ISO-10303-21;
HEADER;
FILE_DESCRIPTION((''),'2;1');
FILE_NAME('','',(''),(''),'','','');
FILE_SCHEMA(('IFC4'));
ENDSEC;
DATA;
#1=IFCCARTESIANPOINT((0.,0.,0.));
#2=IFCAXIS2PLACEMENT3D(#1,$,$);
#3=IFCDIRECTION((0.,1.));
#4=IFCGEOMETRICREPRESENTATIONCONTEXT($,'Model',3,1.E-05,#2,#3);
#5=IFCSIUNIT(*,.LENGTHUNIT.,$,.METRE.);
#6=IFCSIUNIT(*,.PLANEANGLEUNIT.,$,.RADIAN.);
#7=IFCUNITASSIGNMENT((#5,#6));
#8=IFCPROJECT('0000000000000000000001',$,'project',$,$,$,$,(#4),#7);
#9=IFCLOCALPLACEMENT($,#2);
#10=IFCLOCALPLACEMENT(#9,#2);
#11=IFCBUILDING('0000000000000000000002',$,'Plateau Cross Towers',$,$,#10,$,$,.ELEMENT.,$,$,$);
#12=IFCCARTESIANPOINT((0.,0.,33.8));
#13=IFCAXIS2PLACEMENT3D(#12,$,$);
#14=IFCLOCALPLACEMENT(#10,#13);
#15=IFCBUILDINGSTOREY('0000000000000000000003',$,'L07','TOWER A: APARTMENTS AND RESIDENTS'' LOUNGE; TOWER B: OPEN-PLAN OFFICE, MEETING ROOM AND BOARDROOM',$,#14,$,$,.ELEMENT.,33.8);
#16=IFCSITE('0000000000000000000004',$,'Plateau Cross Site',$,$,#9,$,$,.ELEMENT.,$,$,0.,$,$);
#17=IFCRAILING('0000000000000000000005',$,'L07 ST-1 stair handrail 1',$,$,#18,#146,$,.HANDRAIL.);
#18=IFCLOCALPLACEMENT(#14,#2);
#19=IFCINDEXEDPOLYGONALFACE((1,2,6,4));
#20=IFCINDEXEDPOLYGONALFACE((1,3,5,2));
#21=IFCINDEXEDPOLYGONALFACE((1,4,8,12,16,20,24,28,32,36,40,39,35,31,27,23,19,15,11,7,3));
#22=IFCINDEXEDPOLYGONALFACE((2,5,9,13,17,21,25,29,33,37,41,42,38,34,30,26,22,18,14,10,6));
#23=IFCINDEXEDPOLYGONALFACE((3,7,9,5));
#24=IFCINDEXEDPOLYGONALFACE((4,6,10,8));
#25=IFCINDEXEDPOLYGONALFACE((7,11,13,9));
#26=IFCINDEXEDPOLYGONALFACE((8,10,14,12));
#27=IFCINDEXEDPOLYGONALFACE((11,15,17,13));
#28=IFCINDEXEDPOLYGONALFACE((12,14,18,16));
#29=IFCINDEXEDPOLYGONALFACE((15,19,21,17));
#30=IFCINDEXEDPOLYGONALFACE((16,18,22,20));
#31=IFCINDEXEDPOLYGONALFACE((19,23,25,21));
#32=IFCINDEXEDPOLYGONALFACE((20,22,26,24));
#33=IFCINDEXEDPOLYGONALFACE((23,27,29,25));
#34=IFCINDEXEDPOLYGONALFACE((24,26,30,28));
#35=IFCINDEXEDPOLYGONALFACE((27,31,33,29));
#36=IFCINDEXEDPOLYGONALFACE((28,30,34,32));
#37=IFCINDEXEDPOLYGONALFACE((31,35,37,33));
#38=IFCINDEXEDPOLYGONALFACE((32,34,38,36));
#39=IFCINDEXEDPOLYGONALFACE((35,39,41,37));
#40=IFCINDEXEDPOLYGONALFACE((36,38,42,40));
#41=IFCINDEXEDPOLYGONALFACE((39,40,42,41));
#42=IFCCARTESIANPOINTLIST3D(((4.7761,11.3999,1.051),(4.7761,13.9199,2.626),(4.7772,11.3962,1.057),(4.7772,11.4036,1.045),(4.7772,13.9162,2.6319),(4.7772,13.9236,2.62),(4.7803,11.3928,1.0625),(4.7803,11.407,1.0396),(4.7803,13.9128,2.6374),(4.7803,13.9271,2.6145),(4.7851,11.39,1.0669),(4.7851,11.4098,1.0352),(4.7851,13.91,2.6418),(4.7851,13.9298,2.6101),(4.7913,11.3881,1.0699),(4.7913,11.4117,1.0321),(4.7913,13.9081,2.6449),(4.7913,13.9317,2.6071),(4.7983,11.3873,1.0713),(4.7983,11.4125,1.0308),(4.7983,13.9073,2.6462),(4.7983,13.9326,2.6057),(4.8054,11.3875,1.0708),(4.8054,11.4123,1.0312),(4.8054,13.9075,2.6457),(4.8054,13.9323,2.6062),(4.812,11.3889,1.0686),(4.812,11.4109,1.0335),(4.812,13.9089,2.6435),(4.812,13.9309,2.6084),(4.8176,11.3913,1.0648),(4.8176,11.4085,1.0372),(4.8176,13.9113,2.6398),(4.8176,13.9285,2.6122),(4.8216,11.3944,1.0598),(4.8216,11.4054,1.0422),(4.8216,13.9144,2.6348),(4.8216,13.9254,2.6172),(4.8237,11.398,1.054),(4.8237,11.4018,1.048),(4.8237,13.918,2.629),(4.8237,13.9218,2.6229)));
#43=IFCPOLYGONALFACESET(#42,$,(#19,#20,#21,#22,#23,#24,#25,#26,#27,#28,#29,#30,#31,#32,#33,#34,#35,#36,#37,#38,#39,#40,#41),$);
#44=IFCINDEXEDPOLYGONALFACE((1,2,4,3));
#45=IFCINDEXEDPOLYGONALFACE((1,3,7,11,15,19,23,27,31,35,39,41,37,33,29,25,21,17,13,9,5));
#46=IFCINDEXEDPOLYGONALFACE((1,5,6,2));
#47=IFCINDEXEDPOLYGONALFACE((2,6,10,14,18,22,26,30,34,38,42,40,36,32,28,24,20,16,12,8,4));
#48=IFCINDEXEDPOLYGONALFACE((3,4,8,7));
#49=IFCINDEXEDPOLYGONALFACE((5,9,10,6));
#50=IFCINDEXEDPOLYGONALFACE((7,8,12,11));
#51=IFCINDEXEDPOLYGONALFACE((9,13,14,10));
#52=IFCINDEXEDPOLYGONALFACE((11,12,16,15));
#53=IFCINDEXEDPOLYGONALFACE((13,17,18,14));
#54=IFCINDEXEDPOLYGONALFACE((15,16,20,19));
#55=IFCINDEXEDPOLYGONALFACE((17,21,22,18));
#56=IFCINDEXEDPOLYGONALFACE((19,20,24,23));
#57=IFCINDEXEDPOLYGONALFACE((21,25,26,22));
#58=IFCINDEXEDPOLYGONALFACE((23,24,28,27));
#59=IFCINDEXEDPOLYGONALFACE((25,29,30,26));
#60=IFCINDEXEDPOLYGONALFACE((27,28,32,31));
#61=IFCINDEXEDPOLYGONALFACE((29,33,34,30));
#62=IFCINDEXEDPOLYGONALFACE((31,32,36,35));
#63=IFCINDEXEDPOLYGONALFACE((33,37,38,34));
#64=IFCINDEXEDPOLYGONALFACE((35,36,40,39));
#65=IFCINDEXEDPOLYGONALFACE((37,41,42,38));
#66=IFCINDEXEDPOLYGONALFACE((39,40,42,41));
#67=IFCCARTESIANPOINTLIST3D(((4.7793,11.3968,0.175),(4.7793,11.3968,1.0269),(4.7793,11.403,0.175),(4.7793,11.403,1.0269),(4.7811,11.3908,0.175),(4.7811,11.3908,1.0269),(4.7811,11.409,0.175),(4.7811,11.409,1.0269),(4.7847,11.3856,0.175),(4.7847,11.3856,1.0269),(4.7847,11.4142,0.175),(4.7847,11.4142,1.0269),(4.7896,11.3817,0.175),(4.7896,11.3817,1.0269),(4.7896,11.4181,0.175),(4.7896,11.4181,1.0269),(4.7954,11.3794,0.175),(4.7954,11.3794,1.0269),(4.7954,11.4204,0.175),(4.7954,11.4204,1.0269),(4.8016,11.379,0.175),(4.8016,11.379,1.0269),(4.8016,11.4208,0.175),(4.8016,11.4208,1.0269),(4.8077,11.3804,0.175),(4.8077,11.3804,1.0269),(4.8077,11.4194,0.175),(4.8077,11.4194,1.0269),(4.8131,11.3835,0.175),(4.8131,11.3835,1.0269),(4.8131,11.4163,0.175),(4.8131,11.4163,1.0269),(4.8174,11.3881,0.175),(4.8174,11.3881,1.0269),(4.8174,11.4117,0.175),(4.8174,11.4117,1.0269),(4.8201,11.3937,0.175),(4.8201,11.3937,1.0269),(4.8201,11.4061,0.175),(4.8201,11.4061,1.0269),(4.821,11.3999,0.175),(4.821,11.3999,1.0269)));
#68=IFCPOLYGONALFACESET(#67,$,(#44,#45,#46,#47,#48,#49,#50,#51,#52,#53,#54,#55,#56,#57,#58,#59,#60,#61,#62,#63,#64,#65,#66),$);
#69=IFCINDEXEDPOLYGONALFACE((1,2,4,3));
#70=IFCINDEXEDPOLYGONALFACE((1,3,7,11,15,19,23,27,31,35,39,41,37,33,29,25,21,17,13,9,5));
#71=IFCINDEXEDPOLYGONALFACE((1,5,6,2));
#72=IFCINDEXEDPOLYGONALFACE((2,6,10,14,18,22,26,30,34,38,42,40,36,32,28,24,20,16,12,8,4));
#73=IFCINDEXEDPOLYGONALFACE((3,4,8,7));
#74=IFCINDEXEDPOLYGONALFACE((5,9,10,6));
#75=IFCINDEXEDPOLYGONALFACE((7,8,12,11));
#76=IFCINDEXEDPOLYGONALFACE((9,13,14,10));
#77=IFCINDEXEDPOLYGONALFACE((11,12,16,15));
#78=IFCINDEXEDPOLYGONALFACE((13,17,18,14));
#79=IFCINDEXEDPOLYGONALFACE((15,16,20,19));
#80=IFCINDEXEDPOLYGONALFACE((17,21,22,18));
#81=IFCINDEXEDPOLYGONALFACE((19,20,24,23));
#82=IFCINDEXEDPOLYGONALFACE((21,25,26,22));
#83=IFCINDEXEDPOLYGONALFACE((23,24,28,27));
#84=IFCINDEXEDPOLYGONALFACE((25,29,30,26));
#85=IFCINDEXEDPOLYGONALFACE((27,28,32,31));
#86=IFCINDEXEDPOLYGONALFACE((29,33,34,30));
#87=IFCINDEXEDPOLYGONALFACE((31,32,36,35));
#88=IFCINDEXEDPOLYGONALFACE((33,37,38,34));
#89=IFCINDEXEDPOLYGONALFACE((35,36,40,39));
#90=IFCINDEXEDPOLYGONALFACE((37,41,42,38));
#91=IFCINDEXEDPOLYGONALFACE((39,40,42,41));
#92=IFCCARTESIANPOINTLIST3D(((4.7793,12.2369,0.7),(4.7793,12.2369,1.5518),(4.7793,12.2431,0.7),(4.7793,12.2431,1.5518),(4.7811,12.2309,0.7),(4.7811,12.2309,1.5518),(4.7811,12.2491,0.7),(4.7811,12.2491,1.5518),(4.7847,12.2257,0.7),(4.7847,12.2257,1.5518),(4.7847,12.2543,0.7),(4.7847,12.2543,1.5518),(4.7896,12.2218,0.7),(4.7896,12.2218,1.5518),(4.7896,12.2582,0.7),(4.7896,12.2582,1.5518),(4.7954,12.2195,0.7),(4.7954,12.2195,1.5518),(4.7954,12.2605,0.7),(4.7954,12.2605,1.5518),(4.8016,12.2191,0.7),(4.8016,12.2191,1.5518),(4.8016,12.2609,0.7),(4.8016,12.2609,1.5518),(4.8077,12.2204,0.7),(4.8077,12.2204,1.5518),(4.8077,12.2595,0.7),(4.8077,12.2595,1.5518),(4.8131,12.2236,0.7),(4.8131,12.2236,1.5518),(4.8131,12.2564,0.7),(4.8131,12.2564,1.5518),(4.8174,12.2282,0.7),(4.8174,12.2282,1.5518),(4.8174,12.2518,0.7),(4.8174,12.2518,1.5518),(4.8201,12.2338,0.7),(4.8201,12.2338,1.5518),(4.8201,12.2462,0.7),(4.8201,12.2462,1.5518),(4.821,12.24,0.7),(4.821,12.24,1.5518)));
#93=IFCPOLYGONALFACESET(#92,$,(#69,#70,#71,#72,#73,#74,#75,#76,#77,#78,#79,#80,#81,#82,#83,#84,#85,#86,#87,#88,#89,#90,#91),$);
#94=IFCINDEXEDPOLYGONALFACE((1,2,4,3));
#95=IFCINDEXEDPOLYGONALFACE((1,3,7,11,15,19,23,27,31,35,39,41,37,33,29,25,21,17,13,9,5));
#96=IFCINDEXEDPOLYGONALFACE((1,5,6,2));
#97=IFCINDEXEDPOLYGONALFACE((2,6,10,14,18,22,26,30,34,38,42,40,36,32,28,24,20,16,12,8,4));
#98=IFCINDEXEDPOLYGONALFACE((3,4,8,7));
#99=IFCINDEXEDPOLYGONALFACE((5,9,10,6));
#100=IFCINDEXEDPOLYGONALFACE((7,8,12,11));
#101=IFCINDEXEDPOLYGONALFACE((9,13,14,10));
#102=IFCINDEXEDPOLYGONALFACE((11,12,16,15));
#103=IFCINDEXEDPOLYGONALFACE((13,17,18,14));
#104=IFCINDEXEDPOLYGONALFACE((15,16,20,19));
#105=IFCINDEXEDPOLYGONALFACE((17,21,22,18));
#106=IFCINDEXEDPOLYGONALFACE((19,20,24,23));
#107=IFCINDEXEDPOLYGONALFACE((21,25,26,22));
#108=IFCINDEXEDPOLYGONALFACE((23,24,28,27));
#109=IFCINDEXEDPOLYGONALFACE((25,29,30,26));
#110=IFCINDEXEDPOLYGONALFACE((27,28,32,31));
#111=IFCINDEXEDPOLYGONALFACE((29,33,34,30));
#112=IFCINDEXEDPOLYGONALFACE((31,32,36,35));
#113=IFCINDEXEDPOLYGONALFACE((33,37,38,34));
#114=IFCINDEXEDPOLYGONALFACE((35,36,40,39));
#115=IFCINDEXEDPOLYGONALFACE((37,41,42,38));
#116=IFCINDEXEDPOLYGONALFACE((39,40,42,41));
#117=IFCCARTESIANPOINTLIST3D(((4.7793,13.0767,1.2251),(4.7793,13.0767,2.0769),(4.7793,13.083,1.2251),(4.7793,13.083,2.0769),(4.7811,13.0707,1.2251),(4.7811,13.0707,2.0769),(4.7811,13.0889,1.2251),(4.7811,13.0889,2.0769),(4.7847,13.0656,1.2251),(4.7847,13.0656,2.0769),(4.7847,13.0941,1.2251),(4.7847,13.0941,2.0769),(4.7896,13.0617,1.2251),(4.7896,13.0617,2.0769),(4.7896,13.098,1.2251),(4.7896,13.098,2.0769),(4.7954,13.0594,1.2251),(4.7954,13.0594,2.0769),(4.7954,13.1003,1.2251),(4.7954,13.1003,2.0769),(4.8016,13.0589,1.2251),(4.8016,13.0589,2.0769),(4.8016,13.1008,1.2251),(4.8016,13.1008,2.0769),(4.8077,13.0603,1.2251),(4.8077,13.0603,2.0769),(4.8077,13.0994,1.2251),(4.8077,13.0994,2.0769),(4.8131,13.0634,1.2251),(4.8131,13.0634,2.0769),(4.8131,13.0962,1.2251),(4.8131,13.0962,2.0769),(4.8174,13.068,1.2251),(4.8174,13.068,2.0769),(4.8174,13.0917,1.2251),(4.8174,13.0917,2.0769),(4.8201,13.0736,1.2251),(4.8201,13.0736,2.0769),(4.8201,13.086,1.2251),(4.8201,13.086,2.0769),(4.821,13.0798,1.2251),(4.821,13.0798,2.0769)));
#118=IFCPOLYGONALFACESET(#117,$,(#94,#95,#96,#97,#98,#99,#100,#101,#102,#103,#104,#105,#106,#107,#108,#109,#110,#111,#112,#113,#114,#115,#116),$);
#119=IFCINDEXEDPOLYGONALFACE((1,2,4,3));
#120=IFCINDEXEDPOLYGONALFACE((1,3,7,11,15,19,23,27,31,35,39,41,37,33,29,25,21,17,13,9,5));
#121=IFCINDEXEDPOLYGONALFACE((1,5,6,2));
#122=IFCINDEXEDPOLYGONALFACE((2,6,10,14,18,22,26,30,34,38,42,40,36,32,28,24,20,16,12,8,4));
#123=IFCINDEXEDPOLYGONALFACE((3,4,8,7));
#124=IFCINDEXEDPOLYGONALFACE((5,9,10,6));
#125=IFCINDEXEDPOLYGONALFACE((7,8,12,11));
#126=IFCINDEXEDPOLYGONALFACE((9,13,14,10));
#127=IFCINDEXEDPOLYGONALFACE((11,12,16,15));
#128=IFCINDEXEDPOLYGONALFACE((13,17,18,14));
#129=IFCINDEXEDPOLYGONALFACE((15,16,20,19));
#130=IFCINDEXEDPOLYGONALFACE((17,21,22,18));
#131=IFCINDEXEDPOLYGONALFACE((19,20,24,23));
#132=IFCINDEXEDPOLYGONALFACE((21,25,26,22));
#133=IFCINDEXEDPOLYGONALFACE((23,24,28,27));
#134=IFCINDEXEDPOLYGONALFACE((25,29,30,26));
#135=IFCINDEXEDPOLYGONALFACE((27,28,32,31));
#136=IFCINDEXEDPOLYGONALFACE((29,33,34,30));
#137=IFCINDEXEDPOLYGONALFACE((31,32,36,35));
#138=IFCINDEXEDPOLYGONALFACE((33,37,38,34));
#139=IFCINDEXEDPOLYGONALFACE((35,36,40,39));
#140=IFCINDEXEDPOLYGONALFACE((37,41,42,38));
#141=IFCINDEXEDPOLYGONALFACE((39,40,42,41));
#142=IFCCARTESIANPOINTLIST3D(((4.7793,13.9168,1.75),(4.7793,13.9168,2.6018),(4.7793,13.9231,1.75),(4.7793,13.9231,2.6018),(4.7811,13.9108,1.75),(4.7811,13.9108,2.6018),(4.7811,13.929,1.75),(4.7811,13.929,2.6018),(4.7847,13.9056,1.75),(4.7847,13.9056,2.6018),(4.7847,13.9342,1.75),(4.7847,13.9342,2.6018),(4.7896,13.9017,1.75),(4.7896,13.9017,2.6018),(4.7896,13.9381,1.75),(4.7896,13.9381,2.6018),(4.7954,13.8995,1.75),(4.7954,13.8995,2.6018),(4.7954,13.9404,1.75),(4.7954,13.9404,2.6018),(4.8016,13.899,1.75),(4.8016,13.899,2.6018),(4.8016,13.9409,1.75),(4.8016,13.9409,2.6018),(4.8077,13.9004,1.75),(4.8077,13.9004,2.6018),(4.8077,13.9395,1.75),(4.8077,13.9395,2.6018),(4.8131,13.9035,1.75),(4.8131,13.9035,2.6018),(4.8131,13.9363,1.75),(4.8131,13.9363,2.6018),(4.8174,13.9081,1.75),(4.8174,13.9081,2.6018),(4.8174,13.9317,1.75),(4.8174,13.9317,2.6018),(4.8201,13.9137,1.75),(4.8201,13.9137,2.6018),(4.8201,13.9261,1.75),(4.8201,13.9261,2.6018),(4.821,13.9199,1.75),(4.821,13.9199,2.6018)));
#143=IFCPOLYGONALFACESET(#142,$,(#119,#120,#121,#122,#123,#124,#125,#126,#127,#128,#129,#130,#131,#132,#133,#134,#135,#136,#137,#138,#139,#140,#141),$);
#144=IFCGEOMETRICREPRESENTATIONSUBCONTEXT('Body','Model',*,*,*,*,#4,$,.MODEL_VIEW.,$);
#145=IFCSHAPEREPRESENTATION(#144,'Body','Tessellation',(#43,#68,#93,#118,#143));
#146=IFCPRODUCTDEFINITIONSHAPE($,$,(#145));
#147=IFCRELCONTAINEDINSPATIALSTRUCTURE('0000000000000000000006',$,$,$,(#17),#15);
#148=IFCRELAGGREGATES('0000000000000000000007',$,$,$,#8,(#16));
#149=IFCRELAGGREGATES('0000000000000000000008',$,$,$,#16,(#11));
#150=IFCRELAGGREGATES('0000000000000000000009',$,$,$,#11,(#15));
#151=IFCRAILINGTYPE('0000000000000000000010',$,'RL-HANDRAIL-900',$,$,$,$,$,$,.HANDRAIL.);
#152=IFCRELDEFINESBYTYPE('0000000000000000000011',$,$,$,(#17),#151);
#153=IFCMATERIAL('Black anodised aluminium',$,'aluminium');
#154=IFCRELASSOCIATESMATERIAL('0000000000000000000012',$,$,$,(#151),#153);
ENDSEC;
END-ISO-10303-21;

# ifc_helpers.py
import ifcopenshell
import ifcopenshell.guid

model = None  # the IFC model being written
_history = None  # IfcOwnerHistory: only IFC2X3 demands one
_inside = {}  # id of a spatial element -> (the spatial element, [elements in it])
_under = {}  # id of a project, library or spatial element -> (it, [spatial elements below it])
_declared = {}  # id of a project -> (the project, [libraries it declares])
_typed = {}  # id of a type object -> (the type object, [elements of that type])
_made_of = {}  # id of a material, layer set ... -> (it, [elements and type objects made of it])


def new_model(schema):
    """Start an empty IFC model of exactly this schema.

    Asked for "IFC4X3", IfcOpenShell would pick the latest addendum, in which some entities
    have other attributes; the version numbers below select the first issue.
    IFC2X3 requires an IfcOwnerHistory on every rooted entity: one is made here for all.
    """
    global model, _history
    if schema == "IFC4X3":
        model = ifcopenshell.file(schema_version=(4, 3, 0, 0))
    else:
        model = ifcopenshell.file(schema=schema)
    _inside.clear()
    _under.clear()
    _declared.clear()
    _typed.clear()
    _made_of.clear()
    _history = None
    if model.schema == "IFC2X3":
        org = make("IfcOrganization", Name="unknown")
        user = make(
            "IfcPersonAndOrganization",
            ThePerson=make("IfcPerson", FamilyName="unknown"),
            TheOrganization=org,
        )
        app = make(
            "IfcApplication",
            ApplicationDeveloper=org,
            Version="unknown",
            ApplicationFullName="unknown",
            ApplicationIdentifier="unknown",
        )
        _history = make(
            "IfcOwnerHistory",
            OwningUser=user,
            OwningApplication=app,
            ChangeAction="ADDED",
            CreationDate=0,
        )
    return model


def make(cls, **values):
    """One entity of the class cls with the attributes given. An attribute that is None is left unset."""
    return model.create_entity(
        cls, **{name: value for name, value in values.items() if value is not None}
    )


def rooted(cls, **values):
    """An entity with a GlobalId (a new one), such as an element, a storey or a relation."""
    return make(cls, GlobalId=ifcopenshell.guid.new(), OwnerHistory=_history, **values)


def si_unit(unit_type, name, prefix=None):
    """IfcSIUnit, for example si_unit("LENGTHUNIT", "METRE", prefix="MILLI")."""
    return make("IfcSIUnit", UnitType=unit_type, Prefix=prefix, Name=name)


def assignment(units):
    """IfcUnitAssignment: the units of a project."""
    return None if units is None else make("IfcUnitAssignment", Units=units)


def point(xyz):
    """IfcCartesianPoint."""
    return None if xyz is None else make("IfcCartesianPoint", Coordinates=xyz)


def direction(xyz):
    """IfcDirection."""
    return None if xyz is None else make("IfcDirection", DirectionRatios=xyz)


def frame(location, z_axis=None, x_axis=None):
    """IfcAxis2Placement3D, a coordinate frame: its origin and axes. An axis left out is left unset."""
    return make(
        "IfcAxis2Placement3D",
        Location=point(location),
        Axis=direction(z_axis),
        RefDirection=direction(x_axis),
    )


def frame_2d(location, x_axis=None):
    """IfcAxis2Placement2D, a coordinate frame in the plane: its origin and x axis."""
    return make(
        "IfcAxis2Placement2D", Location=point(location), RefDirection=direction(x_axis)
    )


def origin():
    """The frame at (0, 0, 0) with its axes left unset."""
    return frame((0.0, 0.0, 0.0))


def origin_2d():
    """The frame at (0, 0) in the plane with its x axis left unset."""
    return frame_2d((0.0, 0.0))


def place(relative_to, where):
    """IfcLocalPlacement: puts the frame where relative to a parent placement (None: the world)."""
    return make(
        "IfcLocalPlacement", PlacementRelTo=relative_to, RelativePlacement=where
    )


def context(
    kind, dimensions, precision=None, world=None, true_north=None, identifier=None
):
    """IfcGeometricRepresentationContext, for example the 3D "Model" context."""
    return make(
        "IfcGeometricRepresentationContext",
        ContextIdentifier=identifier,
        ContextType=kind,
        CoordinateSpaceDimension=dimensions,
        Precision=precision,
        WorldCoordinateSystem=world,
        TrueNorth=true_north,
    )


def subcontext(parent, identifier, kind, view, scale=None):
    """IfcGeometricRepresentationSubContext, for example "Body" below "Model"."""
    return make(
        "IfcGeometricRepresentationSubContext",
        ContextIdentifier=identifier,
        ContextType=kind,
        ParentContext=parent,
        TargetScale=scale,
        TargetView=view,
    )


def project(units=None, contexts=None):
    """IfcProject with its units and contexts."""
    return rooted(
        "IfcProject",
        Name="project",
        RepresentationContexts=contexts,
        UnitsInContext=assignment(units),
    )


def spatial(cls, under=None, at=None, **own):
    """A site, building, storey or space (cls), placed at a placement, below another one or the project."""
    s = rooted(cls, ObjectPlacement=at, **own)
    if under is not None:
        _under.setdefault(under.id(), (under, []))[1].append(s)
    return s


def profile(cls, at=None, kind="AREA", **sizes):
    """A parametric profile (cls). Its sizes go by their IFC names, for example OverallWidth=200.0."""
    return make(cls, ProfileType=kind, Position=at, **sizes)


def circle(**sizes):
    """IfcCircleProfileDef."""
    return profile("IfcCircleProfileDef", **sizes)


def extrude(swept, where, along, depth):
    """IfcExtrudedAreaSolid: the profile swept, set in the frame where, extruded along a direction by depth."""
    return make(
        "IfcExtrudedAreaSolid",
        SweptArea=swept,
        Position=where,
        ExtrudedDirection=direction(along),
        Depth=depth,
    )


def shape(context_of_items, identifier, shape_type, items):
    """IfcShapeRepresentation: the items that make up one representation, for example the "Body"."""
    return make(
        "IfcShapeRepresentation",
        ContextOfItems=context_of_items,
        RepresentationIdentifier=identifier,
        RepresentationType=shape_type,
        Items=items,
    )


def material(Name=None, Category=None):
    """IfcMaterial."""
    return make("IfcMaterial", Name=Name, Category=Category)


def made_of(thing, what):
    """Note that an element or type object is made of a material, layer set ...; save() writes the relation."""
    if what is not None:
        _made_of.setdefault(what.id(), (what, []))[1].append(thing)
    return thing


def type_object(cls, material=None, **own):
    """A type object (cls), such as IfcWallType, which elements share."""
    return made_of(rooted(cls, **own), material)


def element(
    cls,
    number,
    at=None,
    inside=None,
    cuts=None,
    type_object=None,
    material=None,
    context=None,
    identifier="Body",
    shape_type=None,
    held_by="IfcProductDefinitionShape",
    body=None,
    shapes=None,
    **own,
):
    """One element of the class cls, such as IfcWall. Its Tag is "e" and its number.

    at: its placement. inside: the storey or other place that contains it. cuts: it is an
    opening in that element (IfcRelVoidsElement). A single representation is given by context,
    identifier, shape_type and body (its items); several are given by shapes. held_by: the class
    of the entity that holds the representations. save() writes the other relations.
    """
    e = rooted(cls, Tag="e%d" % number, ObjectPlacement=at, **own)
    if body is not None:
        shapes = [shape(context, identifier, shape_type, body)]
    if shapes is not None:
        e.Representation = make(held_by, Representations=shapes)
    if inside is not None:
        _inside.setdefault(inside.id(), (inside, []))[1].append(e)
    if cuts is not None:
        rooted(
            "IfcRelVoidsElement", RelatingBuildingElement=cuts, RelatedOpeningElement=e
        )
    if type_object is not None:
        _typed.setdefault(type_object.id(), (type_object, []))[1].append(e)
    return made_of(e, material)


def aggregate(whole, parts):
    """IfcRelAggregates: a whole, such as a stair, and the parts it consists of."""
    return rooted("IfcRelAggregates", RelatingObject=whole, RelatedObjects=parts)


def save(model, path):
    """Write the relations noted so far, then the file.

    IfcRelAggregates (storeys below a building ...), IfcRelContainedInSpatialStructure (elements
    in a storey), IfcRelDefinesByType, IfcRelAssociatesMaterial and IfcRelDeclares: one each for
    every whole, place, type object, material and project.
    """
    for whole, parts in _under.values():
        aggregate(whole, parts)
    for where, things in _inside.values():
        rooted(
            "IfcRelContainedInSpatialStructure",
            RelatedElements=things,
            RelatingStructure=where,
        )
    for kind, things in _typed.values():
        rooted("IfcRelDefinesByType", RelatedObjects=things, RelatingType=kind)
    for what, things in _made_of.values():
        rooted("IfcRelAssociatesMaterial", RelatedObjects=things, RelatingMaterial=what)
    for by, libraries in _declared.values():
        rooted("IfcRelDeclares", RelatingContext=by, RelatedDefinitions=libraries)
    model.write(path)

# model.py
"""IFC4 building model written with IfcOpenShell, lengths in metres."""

from ifc_helpers import new_model, si_unit, direction, frame, origin, origin_2d, place, context, subcontext, project, spatial, circle, extrude, material, type_object, element, save


model = new_model("IFC4")

# Units and contexts
model_context = context("Model", 3, precision=1e-05, world=origin(), true_north=direction((0.0, 1.0)))
body_context = subcontext(model_context, "Body", "Model", "MODEL_VIEW")
ifc_project = project(units=[si_unit("LENGTHUNIT", "METRE"), si_unit("PLANEANGLEUNIT", "RADIAN")], contexts=[model_context])

# Site, building, storey
site_placement = place(None, origin())
site = spatial("IfcSite", under=ifc_project, at=site_placement, Name="Plateau Cross Site", CompositionType="ELEMENT", RefElevation=0.0)
building_placement = place(site_placement, origin())
building = spatial("IfcBuilding", under=site, at=building_placement, Name="Plateau Cross Towers", CompositionType="ELEMENT")
storey_placement = place(building_placement, frame((0.0, 0.0, 33.8)))
storey = spatial("IfcBuildingStorey", under=building, at=storey_placement, Name="L07", Description="TOWER A: APARTMENTS AND RESIDENTS' LOUNGE; TOWER B: OPEN-PLAN OFFICE, MEETING ROOM AND BOARDROOM", CompositionType="ELEMENT", Elevation=33.8)

# Shared definitions
ifc_material_1 = material(Name="Black anodised aluminium", Category="aluminium")

# Railing
railing_type_1 = type_object("IfcRailingType", Name="RL-HANDRAIL-900", PredefinedType="HANDRAIL", material=ifc_material_1)
railing_1_placement = place(storey_placement, frame((4.8, 11.3999, 0.175)))
element("IfcRailing", 1, at=railing_1_placement, inside=storey, type_object=railing_type_1, Name="L07 ST-1 stair handrail 1", PredefinedType="HANDRAIL", context=body_context, shape_type="SweptSolid", body=[
    extrude(circle(Radius=0.0239, at=origin_2d()), frame((0.0, 0.0, 0.876), z_axis=(0.0, 0.848008, 0.529984), x_axis=(-1.0, 0.0, 0.0)), (0.0, 0.0, 1.0), 2.9717),
    extrude(circle(Radius=0.021, at=origin_2d()), origin(), (0.0, 0.0, 1.0), 0.8518),
    extrude(circle(Radius=0.021, at=origin_2d()), frame((0.0, 0.8401, 0.5249)), (0.0, 0.0, 1.0), 0.8518),
    extrude(circle(Radius=0.021, at=origin_2d()), frame((0.0, 1.6799, 1.05)), (0.0, 0.0, 1.0), 0.8518),
    extrude(circle(Radius=0.021, at=origin_2d()), frame((0.0, 2.52, 1.575)), (0.0, 0.0, 1.0), 0.8518),
])

save(model, "model.ifc")
